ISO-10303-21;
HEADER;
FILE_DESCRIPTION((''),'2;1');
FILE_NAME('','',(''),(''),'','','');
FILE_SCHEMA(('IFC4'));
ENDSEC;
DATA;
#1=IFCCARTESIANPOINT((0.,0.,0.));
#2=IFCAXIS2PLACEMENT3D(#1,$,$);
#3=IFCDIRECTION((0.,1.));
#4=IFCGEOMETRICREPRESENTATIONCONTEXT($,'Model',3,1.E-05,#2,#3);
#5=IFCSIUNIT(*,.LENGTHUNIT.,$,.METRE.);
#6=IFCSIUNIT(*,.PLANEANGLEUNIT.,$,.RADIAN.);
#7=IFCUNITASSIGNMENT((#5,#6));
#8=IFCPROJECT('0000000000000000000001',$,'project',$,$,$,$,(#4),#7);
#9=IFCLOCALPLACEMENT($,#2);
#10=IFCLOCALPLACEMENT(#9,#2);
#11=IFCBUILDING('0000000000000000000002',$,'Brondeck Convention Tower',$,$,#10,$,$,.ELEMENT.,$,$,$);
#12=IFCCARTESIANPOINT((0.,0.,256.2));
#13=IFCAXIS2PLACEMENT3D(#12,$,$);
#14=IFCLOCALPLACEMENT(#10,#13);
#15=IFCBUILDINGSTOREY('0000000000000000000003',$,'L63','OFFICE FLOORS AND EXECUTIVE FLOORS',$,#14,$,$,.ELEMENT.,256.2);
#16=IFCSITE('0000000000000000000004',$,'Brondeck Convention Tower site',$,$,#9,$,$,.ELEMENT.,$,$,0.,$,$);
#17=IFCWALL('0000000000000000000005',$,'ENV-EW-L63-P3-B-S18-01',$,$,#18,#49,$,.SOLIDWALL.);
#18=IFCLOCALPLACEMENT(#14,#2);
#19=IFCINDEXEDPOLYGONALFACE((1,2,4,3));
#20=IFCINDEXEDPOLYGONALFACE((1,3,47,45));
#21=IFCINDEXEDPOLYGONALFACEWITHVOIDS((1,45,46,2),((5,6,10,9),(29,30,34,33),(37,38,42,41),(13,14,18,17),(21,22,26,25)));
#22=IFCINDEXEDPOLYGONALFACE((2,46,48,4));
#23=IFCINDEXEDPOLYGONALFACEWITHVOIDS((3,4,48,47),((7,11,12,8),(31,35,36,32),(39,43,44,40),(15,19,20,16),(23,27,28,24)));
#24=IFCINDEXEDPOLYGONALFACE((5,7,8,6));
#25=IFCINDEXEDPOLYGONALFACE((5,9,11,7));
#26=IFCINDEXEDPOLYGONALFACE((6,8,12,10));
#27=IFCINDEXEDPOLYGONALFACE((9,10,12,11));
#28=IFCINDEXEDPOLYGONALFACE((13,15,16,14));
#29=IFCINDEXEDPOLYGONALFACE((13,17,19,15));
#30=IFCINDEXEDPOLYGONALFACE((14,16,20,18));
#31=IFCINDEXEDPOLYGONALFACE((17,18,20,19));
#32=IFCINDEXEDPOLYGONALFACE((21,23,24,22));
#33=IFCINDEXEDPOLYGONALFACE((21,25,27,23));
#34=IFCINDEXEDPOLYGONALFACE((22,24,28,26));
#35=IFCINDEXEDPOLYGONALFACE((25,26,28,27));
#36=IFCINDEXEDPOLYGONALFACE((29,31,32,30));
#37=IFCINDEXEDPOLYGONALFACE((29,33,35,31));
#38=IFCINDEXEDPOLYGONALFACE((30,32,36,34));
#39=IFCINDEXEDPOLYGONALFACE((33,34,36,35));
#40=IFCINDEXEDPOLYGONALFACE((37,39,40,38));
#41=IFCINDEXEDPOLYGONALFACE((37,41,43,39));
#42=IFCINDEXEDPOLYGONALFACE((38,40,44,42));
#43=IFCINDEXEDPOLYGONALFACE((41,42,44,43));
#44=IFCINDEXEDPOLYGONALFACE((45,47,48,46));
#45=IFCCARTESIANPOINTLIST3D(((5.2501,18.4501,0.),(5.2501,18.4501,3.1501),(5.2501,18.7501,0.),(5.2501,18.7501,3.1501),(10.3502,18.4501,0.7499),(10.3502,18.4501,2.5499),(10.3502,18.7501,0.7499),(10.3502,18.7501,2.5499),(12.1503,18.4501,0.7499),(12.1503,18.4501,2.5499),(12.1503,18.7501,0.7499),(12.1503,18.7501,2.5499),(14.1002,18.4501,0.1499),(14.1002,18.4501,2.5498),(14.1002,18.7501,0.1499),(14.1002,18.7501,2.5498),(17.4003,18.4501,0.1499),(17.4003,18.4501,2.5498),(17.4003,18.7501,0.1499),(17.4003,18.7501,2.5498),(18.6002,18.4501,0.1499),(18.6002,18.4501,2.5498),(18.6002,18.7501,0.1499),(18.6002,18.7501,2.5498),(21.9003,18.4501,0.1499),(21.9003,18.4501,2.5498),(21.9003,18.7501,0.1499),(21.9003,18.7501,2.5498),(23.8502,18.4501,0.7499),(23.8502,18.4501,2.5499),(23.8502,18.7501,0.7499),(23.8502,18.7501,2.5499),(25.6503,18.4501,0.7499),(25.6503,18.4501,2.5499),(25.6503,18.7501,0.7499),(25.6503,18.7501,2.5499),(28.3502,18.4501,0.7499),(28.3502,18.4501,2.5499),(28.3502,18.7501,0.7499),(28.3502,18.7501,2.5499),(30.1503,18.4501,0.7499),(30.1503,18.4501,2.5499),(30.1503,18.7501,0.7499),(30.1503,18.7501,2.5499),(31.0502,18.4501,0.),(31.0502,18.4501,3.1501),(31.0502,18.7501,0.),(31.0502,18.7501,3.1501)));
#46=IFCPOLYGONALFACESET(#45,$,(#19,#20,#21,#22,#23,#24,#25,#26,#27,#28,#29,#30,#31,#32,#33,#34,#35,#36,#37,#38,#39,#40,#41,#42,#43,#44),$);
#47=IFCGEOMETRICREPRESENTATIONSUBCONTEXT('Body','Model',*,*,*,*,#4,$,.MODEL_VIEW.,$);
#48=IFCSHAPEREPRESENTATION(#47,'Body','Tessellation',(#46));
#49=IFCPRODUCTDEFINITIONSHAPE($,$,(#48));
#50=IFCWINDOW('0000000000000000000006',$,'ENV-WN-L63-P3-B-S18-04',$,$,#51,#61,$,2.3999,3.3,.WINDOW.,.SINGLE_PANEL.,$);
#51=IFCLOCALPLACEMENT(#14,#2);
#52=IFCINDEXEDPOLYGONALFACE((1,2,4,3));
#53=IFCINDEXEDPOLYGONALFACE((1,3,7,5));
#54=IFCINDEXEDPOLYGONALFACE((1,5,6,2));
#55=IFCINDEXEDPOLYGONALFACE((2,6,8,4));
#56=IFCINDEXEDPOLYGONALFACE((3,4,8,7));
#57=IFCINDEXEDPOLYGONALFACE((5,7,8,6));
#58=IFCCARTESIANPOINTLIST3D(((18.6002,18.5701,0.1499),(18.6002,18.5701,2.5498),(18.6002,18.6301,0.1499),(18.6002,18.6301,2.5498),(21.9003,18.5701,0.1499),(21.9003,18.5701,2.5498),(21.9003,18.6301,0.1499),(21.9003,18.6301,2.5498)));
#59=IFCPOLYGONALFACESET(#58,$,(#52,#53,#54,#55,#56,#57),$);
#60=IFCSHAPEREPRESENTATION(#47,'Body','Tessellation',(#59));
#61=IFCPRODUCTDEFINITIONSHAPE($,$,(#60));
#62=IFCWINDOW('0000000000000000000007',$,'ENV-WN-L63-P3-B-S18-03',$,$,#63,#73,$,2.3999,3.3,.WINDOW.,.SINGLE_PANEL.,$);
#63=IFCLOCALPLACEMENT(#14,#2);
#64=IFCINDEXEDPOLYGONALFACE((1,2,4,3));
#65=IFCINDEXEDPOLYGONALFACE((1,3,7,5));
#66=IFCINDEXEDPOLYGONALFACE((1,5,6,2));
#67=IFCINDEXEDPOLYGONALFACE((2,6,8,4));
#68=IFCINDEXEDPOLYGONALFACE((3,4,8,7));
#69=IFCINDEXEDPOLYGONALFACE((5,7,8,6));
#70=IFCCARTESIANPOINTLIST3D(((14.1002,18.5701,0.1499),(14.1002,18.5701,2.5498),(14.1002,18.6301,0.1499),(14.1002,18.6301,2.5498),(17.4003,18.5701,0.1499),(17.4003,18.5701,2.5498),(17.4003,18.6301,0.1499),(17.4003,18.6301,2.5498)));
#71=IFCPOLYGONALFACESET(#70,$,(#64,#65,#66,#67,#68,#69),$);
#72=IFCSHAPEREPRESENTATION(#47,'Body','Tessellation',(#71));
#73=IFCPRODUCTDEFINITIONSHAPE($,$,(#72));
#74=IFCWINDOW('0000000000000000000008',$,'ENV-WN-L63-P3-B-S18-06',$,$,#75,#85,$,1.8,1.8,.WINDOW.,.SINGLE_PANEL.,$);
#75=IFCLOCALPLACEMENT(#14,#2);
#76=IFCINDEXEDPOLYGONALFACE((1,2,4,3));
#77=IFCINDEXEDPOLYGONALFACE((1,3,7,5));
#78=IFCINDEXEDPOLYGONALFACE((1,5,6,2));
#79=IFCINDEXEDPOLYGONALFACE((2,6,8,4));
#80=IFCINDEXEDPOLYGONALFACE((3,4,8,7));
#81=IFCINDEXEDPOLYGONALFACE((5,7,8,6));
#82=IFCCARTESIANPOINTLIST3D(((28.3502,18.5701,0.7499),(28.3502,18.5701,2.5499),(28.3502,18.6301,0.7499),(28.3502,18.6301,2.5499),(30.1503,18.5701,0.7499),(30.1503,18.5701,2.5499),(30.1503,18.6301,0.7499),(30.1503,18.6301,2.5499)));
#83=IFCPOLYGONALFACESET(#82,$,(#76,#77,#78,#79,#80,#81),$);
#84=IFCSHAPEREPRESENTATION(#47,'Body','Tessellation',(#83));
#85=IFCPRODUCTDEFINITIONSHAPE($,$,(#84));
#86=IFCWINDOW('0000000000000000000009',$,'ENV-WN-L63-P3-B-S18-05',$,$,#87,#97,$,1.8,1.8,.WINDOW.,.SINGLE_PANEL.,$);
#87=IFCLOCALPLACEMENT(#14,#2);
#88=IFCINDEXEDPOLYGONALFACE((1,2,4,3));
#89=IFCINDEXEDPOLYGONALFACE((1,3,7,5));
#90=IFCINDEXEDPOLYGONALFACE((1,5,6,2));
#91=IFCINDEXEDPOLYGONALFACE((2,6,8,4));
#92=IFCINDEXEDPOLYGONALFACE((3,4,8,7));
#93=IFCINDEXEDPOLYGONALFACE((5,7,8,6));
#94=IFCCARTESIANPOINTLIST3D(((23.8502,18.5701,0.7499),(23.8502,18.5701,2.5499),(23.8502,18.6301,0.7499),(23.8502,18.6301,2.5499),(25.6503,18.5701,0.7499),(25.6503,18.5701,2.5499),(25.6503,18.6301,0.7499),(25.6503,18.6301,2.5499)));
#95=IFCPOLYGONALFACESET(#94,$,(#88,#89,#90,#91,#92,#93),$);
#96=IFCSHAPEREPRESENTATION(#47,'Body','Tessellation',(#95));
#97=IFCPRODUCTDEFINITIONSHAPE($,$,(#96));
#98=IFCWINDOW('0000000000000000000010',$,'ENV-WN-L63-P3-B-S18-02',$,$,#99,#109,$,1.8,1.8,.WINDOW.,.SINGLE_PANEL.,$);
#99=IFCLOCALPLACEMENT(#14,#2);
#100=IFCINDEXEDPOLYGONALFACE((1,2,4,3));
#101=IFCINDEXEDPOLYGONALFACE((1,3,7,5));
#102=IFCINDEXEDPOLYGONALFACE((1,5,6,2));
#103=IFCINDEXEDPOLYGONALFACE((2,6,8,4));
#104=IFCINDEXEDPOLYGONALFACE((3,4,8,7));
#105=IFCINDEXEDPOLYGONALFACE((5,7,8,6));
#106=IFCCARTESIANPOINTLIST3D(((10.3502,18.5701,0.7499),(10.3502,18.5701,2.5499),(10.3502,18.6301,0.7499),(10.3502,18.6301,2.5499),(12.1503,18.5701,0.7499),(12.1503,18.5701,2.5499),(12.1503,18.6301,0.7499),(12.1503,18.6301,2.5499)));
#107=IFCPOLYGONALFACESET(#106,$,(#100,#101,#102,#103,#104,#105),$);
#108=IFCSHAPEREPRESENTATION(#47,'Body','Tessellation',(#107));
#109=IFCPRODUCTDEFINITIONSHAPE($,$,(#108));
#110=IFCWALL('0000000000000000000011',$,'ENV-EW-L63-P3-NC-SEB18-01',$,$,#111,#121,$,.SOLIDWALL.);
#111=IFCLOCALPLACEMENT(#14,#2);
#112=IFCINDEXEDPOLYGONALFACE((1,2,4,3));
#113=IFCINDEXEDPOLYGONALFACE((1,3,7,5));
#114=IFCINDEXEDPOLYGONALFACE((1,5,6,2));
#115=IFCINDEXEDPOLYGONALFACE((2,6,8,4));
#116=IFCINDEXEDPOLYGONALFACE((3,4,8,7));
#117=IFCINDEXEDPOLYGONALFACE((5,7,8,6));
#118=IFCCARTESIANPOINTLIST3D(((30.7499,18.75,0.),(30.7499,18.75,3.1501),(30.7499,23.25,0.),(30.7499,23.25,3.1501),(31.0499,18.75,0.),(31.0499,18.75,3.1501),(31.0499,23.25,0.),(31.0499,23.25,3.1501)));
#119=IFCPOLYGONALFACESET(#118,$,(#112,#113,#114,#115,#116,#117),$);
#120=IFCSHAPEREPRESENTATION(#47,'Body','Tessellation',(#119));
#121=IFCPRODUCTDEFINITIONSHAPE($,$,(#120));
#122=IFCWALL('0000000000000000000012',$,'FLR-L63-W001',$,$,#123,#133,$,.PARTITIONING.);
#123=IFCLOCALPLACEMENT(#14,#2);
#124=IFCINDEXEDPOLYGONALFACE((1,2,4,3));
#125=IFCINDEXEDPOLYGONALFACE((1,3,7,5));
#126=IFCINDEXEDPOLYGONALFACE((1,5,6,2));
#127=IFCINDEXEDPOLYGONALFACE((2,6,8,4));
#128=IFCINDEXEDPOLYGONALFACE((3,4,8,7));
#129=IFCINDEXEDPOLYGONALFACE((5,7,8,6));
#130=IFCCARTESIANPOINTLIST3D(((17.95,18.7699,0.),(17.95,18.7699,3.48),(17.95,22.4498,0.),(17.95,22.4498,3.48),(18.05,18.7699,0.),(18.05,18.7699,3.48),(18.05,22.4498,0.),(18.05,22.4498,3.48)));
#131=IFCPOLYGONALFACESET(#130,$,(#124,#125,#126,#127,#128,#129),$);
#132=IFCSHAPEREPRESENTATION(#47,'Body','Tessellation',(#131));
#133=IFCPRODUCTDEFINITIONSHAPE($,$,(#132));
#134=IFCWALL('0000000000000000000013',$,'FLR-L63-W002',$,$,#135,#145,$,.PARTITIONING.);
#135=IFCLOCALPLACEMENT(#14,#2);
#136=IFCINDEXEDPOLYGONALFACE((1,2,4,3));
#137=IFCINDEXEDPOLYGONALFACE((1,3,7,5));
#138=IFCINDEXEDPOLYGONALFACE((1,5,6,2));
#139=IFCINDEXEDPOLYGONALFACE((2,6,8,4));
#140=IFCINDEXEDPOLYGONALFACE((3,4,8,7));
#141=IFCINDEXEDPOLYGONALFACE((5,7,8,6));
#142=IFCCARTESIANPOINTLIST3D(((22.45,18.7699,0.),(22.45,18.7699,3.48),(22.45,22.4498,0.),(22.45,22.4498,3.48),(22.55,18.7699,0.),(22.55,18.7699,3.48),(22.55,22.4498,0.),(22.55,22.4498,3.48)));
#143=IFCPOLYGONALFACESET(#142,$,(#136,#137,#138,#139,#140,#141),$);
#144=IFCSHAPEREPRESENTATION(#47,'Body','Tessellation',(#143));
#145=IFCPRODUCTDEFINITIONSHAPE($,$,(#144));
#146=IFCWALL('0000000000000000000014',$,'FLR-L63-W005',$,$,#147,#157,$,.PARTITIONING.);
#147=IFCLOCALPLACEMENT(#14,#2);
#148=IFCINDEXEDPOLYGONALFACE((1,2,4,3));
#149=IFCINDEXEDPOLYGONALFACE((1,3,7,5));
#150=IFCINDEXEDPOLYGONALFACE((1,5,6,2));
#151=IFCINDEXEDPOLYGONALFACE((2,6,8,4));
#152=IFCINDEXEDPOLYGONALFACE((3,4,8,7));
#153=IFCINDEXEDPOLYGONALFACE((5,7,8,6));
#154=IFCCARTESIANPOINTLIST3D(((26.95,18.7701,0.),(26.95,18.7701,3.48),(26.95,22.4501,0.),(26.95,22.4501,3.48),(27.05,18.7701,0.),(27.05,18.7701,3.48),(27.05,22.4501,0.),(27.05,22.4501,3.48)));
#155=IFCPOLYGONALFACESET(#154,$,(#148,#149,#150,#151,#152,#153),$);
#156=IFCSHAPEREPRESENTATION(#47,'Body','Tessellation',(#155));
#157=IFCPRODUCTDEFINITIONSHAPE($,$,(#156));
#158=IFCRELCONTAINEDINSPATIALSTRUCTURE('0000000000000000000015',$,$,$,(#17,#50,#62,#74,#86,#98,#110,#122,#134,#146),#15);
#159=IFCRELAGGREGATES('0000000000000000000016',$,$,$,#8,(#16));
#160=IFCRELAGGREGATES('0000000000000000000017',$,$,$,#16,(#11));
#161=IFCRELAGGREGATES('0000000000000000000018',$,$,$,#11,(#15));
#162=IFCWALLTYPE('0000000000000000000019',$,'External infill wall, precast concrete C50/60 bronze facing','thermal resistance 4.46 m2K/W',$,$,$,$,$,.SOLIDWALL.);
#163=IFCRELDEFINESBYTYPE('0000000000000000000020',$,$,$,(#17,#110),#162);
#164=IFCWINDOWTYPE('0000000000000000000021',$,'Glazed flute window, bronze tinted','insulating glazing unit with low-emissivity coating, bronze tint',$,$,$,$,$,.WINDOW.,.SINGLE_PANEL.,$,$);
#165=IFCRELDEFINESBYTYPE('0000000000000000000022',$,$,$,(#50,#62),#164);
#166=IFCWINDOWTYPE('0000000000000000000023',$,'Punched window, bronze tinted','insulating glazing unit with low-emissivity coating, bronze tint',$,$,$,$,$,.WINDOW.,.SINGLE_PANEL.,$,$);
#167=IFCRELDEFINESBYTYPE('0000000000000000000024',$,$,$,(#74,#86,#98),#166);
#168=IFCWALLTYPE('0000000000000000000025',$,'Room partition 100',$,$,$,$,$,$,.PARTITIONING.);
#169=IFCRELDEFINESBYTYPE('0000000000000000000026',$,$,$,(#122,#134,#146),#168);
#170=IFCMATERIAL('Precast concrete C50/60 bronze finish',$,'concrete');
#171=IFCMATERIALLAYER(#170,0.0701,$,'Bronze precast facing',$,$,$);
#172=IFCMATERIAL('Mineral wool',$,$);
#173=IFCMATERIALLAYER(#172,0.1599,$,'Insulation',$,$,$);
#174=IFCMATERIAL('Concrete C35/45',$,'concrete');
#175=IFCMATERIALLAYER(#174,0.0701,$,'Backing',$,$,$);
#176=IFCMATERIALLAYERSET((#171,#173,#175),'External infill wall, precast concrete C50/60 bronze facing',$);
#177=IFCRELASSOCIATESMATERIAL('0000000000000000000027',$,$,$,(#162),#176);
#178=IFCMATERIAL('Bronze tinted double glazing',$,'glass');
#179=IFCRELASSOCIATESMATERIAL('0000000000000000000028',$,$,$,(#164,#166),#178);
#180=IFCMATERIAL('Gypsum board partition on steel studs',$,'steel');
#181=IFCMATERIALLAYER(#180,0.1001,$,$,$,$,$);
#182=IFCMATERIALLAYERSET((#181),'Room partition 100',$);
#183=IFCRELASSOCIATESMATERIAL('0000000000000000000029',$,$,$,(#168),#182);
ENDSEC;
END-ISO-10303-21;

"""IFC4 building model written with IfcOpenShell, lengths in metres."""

from ifc_helpers import new_model, si_unit, direction, frame, frame_2d, origin, place, context, subcontext, project, spatial, rectangle, extrude, material, layer, layer_set, type_object, element, fill, save


model = new_model("IFC4")

# Units and contexts
model_context = context("Model", 3, precision=1e-05, world=origin(), true_north=direction((0.0, 1.0)))
body_context = subcontext(model_context, "Body", "Model", "MODEL_VIEW")
ifc_project = project(units=[si_unit("LENGTHUNIT", "METRE"), si_unit("PLANEANGLEUNIT", "RADIAN")], contexts=[model_context])

# Site, building, storey
site_placement = place(None, origin())
site = spatial("IfcSite", under=ifc_project, at=site_placement, Name="Brondeck Convention Tower site", CompositionType="ELEMENT", RefElevation=0.0)
building_placement = place(site_placement, origin())
building = spatial("IfcBuilding", under=site, at=building_placement, Name="Brondeck Convention Tower", CompositionType="ELEMENT")
storey_placement = place(building_placement, frame((0.0, 0.0, 256.2)))
storey = spatial("IfcBuildingStorey", under=building, at=storey_placement, Name="L63", Description="OFFICE FLOORS AND EXECUTIVE FLOORS", CompositionType="ELEMENT", Elevation=256.2)

# Wall, openings, windows
ifc_material_1 = material(Name="Precast concrete C50/60 bronze finish", Category="concrete")
ifc_layer_1 = layer(ifc_material_1, 0.0701, Name="Bronze precast facing")
ifc_material_2 = material(Name="Mineral wool")
ifc_layer_2 = layer(ifc_material_2, 0.1599, Name="Insulation")
ifc_material_3 = material(Name="Concrete C35/45", Category="concrete")
ifc_layer_3 = layer(ifc_material_3, 0.0701, Name="Backing")
ifc_layer_set_1 = layer_set([ifc_layer_1, ifc_layer_2, ifc_layer_3], Name="External infill wall, precast concrete C50/60 bronze facing")
wall_type_1 = type_object("IfcWallType", Name="External infill wall, precast concrete C50/60 bronze facing", Description="thermal resistance 4.46 m2K/W", PredefinedType="SOLIDWALL", material=ifc_layer_set_1)
wall_1_placement = place(storey_placement, frame((31.05, 18.6001, 0.0), z_axis=(0.0, 0.0, 1.0), x_axis=(-1.0, 0.0, 0.0)))
wall_1 = element("IfcWall", 1, at=wall_1_placement, inside=storey, type_object=wall_type_1, Name="ENV-EW-L63-P3-B-S18-01", PredefinedType="SOLIDWALL", context=body_context, shape_type="SweptSolid", body=[
    extrude(rectangle(XDim=25.8, YDim=0.3, at=frame_2d((12.8999, 0.0))), origin(), (0.0, 0.0, 1.0), 3.1501),
])
opening_1_placement = place(wall_1_placement, frame((0.8999, 0.0, 0.75)))
opening_1 = element("IfcOpeningElement", 2, at=opening_1_placement, cuts=wall_1, PredefinedType="OPENING", context=body_context, shape_type="SweptSolid", body=[
    extrude(rectangle(XDim=1.8, YDim=1.8, at=frame_2d((0.8999, 0.8999))), frame((0.0, 0.1599, 0.0), z_axis=(0.0, -1.0, 0.0), x_axis=(1.0, 0.0, 0.0)), (0.0, 0.0, 1.0), 0.3201),
])
opening_2_placement = place(wall_1_placement, frame((5.3999, 0.0, 0.75)))
opening_2 = element("IfcOpeningElement", 3, at=opening_2_placement, cuts=wall_1, PredefinedType="OPENING", context=body_context, shape_type="SweptSolid", body=[
    extrude(rectangle(XDim=1.8, YDim=1.8, at=frame_2d((0.8999, 0.8999))), frame((0.0, 0.1599, 0.0), z_axis=(0.0, -1.0, 0.0), x_axis=(1.0, 0.0, 0.0)), (0.0, 0.0, 1.0), 0.3201),
])
opening_3_placement = place(wall_1_placement, frame((9.1499, 0.0, 0.1499)))
opening_3 = element("IfcOpeningElement", 4, at=opening_3_placement, cuts=wall_1, PredefinedType="OPENING", context=body_context, shape_type="SweptSolid", body=[
    extrude(rectangle(XDim=3.3, YDim=2.3999, at=frame_2d((1.6499, 1.2))), frame((0.0, 0.1599, 0.0), z_axis=(0.0, -1.0, 0.0), x_axis=(1.0, 0.0, 0.0)), (0.0, 0.0, 1.0), 0.3201),
])
opening_4_placement = place(wall_1_placement, frame((13.6499, 0.0, 0.1499)))
opening_4 = element("IfcOpeningElement", 5, at=opening_4_placement, cuts=wall_1, PredefinedType="OPENING", context=body_context, shape_type="SweptSolid", body=[
    extrude(rectangle(XDim=3.3, YDim=2.3999, at=frame_2d((1.6499, 1.2))), frame((0.0, 0.1599, 0.0), z_axis=(0.0, -1.0, 0.0), x_axis=(1.0, 0.0, 0.0)), (0.0, 0.0, 1.0), 0.3201),
])
opening_5_placement = place(wall_1_placement, frame((18.8999, 0.0, 0.75)))
opening_5 = element("IfcOpeningElement", 6, at=opening_5_placement, cuts=wall_1, PredefinedType="OPENING", context=body_context, shape_type="SweptSolid", body=[
    extrude(rectangle(XDim=1.8, YDim=1.8, at=frame_2d((0.8999, 0.8999))), frame((0.0, 0.1599, 0.0), z_axis=(0.0, -1.0, 0.0), x_axis=(1.0, 0.0, 0.0)), (0.0, 0.0, 1.0), 0.3201),
])
ifc_material_4 = material(Name="Bronze tinted double glazing", Category="glass")
window_type_1 = type_object("IfcWindowType", Name="Glazed flute window, bronze tinted", Description="insulating glazing unit with low-emissivity coating, bronze tint", PartitioningType="SINGLE_PANEL", PredefinedType="WINDOW", material=ifc_material_4)
window_1_placement = place(opening_3_placement, origin())
window_1 = element("IfcWindow", 7, at=window_1_placement, inside=storey, type_object=window_type_1, Name="ENV-WN-L63-P3-B-S18-04", OverallHeight=2.3999, OverallWidth=3.3, PartitioningType="SINGLE_PANEL", PredefinedType="WINDOW", context=body_context, shape_type="SweptSolid", body=[
    extrude(rectangle(XDim=3.3, YDim=2.3999, at=frame_2d((1.6499, 1.2))), frame((0.0, 0.03, 0.0), z_axis=(0.0, -1.0, 0.0), x_axis=(1.0, 0.0, 0.0)), (0.0, 0.0, 1.0), 0.0601),
])
fill(opening_3, window_1)
window_2_placement = place(opening_4_placement, origin())
window_2 = element("IfcWindow", 8, at=window_2_placement, inside=storey, type_object=window_type_1, Name="ENV-WN-L63-P3-B-S18-03", OverallHeight=2.3999, OverallWidth=3.3, PartitioningType="SINGLE_PANEL", PredefinedType="WINDOW", context=body_context, shape_type="SweptSolid", body=[
    extrude(rectangle(XDim=3.3, YDim=2.3999, at=frame_2d((1.6499, 1.2))), frame((0.0, 0.03, 0.0), z_axis=(0.0, -1.0, 0.0), x_axis=(1.0, 0.0, 0.0)), (0.0, 0.0, 1.0), 0.0601),
])
fill(opening_4, window_2)
window_type_2 = type_object("IfcWindowType", Name="Punched window, bronze tinted", Description="insulating glazing unit with low-emissivity coating, bronze tint", PartitioningType="SINGLE_PANEL", PredefinedType="WINDOW", material=ifc_material_4)
window_3_placement = place(opening_1_placement, origin())
window_3 = element("IfcWindow", 9, at=window_3_placement, inside=storey, type_object=window_type_2, Name="ENV-WN-L63-P3-B-S18-06", OverallHeight=1.8, OverallWidth=1.8, PartitioningType="SINGLE_PANEL", PredefinedType="WINDOW", context=body_context, shape_type="SweptSolid", body=[
    extrude(rectangle(XDim=1.8, YDim=1.8, at=frame_2d((0.8999, 0.8999))), frame((0.0, 0.03, 0.0), z_axis=(0.0, -1.0, 0.0), x_axis=(1.0, 0.0, 0.0)), (0.0, 0.0, 1.0), 0.0601),
])
fill(opening_1, window_3)
window_4_placement = place(opening_2_placement, origin())
window_4 = element("IfcWindow", 10, at=window_4_placement, inside=storey, type_object=window_type_2, Name="ENV-WN-L63-P3-B-S18-05", OverallHeight=1.8, OverallWidth=1.8, PartitioningType="SINGLE_PANEL", PredefinedType="WINDOW", context=body_context, shape_type="SweptSolid", body=[
    extrude(rectangle(XDim=1.8, YDim=1.8, at=frame_2d((0.8999, 0.8999))), frame((0.0, 0.03, 0.0), z_axis=(0.0, -1.0, 0.0), x_axis=(1.0, 0.0, 0.0)), (0.0, 0.0, 1.0), 0.0601),
])
fill(opening_2, window_4)
window_5_placement = place(opening_5_placement, origin())
window_5 = element("IfcWindow", 11, at=window_5_placement, inside=storey, type_object=window_type_2, Name="ENV-WN-L63-P3-B-S18-02", OverallHeight=1.8, OverallWidth=1.8, PartitioningType="SINGLE_PANEL", PredefinedType="WINDOW", context=body_context, shape_type="SweptSolid", body=[
    extrude(rectangle(XDim=1.8, YDim=1.8, at=frame_2d((0.8999, 0.8999))), frame((0.0, 0.03, 0.0), z_axis=(0.0, -1.0, 0.0), x_axis=(1.0, 0.0, 0.0)), (0.0, 0.0, 1.0), 0.0601),
])
fill(opening_5, window_5)

# Walls
wall_2_placement = place(storey_placement, frame((30.8999, 23.25, 0.0), z_axis=(0.0, 0.0, 1.0), x_axis=(0.0, -1.0, 0.0)))
element("IfcWall", 12, at=wall_2_placement, inside=storey, type_object=wall_type_1, Name="ENV-EW-L63-P3-NC-SEB18-01", PredefinedType="SOLIDWALL", context=body_context, shape_type="SweptSolid", body=[
    extrude(rectangle(XDim=4.5, YDim=0.3, at=frame_2d((2.25, 0.0))), origin(), (0.0, 0.0, 1.0), 3.1501),
])
ifc_material_5 = material(Name="Gypsum board partition on steel studs", Category="steel")
ifc_layer_4 = layer(ifc_material_5, 0.1001)
ifc_layer_set_2 = layer_set([ifc_layer_4], Name="Room partition 100")
wall_type_2 = type_object("IfcWallType", Name="Room partition 100", PredefinedType="PARTITIONING", material=ifc_layer_set_2)
for number, where, z_axis, x_axis, name in (
    (13, (18.0, 18.77, 0.0), (0.0, 0.0, 1.0), (0.0, 1.0, 0.0), "FLR-L63-W001"),
    (14, (22.5, 18.77, 0.0), (0.0, 0.0, 1.0), (0.0, 1.0, 0.0), "FLR-L63-W002"),
    (15, (27.0, 22.45, 0.0), (0.0, 0.0, 1.0), (0.0, -1.0, 0.0), "FLR-L63-W005"),
):
    element("IfcWall", number, at=place(storey_placement, frame(where, z_axis=z_axis, x_axis=x_axis)), inside=storey, type_object=wall_type_2, Name=name, PredefinedType="PARTITIONING", context=body_context, shape_type="SweptSolid", body=[
        extrude(rectangle(XDim=3.6799, YDim=0.1001, at=frame_2d((1.8398, 0.0))), origin(), (0.0, 0.0, 1.0), 3.48),
    ])

save(model, "model.ifc")
